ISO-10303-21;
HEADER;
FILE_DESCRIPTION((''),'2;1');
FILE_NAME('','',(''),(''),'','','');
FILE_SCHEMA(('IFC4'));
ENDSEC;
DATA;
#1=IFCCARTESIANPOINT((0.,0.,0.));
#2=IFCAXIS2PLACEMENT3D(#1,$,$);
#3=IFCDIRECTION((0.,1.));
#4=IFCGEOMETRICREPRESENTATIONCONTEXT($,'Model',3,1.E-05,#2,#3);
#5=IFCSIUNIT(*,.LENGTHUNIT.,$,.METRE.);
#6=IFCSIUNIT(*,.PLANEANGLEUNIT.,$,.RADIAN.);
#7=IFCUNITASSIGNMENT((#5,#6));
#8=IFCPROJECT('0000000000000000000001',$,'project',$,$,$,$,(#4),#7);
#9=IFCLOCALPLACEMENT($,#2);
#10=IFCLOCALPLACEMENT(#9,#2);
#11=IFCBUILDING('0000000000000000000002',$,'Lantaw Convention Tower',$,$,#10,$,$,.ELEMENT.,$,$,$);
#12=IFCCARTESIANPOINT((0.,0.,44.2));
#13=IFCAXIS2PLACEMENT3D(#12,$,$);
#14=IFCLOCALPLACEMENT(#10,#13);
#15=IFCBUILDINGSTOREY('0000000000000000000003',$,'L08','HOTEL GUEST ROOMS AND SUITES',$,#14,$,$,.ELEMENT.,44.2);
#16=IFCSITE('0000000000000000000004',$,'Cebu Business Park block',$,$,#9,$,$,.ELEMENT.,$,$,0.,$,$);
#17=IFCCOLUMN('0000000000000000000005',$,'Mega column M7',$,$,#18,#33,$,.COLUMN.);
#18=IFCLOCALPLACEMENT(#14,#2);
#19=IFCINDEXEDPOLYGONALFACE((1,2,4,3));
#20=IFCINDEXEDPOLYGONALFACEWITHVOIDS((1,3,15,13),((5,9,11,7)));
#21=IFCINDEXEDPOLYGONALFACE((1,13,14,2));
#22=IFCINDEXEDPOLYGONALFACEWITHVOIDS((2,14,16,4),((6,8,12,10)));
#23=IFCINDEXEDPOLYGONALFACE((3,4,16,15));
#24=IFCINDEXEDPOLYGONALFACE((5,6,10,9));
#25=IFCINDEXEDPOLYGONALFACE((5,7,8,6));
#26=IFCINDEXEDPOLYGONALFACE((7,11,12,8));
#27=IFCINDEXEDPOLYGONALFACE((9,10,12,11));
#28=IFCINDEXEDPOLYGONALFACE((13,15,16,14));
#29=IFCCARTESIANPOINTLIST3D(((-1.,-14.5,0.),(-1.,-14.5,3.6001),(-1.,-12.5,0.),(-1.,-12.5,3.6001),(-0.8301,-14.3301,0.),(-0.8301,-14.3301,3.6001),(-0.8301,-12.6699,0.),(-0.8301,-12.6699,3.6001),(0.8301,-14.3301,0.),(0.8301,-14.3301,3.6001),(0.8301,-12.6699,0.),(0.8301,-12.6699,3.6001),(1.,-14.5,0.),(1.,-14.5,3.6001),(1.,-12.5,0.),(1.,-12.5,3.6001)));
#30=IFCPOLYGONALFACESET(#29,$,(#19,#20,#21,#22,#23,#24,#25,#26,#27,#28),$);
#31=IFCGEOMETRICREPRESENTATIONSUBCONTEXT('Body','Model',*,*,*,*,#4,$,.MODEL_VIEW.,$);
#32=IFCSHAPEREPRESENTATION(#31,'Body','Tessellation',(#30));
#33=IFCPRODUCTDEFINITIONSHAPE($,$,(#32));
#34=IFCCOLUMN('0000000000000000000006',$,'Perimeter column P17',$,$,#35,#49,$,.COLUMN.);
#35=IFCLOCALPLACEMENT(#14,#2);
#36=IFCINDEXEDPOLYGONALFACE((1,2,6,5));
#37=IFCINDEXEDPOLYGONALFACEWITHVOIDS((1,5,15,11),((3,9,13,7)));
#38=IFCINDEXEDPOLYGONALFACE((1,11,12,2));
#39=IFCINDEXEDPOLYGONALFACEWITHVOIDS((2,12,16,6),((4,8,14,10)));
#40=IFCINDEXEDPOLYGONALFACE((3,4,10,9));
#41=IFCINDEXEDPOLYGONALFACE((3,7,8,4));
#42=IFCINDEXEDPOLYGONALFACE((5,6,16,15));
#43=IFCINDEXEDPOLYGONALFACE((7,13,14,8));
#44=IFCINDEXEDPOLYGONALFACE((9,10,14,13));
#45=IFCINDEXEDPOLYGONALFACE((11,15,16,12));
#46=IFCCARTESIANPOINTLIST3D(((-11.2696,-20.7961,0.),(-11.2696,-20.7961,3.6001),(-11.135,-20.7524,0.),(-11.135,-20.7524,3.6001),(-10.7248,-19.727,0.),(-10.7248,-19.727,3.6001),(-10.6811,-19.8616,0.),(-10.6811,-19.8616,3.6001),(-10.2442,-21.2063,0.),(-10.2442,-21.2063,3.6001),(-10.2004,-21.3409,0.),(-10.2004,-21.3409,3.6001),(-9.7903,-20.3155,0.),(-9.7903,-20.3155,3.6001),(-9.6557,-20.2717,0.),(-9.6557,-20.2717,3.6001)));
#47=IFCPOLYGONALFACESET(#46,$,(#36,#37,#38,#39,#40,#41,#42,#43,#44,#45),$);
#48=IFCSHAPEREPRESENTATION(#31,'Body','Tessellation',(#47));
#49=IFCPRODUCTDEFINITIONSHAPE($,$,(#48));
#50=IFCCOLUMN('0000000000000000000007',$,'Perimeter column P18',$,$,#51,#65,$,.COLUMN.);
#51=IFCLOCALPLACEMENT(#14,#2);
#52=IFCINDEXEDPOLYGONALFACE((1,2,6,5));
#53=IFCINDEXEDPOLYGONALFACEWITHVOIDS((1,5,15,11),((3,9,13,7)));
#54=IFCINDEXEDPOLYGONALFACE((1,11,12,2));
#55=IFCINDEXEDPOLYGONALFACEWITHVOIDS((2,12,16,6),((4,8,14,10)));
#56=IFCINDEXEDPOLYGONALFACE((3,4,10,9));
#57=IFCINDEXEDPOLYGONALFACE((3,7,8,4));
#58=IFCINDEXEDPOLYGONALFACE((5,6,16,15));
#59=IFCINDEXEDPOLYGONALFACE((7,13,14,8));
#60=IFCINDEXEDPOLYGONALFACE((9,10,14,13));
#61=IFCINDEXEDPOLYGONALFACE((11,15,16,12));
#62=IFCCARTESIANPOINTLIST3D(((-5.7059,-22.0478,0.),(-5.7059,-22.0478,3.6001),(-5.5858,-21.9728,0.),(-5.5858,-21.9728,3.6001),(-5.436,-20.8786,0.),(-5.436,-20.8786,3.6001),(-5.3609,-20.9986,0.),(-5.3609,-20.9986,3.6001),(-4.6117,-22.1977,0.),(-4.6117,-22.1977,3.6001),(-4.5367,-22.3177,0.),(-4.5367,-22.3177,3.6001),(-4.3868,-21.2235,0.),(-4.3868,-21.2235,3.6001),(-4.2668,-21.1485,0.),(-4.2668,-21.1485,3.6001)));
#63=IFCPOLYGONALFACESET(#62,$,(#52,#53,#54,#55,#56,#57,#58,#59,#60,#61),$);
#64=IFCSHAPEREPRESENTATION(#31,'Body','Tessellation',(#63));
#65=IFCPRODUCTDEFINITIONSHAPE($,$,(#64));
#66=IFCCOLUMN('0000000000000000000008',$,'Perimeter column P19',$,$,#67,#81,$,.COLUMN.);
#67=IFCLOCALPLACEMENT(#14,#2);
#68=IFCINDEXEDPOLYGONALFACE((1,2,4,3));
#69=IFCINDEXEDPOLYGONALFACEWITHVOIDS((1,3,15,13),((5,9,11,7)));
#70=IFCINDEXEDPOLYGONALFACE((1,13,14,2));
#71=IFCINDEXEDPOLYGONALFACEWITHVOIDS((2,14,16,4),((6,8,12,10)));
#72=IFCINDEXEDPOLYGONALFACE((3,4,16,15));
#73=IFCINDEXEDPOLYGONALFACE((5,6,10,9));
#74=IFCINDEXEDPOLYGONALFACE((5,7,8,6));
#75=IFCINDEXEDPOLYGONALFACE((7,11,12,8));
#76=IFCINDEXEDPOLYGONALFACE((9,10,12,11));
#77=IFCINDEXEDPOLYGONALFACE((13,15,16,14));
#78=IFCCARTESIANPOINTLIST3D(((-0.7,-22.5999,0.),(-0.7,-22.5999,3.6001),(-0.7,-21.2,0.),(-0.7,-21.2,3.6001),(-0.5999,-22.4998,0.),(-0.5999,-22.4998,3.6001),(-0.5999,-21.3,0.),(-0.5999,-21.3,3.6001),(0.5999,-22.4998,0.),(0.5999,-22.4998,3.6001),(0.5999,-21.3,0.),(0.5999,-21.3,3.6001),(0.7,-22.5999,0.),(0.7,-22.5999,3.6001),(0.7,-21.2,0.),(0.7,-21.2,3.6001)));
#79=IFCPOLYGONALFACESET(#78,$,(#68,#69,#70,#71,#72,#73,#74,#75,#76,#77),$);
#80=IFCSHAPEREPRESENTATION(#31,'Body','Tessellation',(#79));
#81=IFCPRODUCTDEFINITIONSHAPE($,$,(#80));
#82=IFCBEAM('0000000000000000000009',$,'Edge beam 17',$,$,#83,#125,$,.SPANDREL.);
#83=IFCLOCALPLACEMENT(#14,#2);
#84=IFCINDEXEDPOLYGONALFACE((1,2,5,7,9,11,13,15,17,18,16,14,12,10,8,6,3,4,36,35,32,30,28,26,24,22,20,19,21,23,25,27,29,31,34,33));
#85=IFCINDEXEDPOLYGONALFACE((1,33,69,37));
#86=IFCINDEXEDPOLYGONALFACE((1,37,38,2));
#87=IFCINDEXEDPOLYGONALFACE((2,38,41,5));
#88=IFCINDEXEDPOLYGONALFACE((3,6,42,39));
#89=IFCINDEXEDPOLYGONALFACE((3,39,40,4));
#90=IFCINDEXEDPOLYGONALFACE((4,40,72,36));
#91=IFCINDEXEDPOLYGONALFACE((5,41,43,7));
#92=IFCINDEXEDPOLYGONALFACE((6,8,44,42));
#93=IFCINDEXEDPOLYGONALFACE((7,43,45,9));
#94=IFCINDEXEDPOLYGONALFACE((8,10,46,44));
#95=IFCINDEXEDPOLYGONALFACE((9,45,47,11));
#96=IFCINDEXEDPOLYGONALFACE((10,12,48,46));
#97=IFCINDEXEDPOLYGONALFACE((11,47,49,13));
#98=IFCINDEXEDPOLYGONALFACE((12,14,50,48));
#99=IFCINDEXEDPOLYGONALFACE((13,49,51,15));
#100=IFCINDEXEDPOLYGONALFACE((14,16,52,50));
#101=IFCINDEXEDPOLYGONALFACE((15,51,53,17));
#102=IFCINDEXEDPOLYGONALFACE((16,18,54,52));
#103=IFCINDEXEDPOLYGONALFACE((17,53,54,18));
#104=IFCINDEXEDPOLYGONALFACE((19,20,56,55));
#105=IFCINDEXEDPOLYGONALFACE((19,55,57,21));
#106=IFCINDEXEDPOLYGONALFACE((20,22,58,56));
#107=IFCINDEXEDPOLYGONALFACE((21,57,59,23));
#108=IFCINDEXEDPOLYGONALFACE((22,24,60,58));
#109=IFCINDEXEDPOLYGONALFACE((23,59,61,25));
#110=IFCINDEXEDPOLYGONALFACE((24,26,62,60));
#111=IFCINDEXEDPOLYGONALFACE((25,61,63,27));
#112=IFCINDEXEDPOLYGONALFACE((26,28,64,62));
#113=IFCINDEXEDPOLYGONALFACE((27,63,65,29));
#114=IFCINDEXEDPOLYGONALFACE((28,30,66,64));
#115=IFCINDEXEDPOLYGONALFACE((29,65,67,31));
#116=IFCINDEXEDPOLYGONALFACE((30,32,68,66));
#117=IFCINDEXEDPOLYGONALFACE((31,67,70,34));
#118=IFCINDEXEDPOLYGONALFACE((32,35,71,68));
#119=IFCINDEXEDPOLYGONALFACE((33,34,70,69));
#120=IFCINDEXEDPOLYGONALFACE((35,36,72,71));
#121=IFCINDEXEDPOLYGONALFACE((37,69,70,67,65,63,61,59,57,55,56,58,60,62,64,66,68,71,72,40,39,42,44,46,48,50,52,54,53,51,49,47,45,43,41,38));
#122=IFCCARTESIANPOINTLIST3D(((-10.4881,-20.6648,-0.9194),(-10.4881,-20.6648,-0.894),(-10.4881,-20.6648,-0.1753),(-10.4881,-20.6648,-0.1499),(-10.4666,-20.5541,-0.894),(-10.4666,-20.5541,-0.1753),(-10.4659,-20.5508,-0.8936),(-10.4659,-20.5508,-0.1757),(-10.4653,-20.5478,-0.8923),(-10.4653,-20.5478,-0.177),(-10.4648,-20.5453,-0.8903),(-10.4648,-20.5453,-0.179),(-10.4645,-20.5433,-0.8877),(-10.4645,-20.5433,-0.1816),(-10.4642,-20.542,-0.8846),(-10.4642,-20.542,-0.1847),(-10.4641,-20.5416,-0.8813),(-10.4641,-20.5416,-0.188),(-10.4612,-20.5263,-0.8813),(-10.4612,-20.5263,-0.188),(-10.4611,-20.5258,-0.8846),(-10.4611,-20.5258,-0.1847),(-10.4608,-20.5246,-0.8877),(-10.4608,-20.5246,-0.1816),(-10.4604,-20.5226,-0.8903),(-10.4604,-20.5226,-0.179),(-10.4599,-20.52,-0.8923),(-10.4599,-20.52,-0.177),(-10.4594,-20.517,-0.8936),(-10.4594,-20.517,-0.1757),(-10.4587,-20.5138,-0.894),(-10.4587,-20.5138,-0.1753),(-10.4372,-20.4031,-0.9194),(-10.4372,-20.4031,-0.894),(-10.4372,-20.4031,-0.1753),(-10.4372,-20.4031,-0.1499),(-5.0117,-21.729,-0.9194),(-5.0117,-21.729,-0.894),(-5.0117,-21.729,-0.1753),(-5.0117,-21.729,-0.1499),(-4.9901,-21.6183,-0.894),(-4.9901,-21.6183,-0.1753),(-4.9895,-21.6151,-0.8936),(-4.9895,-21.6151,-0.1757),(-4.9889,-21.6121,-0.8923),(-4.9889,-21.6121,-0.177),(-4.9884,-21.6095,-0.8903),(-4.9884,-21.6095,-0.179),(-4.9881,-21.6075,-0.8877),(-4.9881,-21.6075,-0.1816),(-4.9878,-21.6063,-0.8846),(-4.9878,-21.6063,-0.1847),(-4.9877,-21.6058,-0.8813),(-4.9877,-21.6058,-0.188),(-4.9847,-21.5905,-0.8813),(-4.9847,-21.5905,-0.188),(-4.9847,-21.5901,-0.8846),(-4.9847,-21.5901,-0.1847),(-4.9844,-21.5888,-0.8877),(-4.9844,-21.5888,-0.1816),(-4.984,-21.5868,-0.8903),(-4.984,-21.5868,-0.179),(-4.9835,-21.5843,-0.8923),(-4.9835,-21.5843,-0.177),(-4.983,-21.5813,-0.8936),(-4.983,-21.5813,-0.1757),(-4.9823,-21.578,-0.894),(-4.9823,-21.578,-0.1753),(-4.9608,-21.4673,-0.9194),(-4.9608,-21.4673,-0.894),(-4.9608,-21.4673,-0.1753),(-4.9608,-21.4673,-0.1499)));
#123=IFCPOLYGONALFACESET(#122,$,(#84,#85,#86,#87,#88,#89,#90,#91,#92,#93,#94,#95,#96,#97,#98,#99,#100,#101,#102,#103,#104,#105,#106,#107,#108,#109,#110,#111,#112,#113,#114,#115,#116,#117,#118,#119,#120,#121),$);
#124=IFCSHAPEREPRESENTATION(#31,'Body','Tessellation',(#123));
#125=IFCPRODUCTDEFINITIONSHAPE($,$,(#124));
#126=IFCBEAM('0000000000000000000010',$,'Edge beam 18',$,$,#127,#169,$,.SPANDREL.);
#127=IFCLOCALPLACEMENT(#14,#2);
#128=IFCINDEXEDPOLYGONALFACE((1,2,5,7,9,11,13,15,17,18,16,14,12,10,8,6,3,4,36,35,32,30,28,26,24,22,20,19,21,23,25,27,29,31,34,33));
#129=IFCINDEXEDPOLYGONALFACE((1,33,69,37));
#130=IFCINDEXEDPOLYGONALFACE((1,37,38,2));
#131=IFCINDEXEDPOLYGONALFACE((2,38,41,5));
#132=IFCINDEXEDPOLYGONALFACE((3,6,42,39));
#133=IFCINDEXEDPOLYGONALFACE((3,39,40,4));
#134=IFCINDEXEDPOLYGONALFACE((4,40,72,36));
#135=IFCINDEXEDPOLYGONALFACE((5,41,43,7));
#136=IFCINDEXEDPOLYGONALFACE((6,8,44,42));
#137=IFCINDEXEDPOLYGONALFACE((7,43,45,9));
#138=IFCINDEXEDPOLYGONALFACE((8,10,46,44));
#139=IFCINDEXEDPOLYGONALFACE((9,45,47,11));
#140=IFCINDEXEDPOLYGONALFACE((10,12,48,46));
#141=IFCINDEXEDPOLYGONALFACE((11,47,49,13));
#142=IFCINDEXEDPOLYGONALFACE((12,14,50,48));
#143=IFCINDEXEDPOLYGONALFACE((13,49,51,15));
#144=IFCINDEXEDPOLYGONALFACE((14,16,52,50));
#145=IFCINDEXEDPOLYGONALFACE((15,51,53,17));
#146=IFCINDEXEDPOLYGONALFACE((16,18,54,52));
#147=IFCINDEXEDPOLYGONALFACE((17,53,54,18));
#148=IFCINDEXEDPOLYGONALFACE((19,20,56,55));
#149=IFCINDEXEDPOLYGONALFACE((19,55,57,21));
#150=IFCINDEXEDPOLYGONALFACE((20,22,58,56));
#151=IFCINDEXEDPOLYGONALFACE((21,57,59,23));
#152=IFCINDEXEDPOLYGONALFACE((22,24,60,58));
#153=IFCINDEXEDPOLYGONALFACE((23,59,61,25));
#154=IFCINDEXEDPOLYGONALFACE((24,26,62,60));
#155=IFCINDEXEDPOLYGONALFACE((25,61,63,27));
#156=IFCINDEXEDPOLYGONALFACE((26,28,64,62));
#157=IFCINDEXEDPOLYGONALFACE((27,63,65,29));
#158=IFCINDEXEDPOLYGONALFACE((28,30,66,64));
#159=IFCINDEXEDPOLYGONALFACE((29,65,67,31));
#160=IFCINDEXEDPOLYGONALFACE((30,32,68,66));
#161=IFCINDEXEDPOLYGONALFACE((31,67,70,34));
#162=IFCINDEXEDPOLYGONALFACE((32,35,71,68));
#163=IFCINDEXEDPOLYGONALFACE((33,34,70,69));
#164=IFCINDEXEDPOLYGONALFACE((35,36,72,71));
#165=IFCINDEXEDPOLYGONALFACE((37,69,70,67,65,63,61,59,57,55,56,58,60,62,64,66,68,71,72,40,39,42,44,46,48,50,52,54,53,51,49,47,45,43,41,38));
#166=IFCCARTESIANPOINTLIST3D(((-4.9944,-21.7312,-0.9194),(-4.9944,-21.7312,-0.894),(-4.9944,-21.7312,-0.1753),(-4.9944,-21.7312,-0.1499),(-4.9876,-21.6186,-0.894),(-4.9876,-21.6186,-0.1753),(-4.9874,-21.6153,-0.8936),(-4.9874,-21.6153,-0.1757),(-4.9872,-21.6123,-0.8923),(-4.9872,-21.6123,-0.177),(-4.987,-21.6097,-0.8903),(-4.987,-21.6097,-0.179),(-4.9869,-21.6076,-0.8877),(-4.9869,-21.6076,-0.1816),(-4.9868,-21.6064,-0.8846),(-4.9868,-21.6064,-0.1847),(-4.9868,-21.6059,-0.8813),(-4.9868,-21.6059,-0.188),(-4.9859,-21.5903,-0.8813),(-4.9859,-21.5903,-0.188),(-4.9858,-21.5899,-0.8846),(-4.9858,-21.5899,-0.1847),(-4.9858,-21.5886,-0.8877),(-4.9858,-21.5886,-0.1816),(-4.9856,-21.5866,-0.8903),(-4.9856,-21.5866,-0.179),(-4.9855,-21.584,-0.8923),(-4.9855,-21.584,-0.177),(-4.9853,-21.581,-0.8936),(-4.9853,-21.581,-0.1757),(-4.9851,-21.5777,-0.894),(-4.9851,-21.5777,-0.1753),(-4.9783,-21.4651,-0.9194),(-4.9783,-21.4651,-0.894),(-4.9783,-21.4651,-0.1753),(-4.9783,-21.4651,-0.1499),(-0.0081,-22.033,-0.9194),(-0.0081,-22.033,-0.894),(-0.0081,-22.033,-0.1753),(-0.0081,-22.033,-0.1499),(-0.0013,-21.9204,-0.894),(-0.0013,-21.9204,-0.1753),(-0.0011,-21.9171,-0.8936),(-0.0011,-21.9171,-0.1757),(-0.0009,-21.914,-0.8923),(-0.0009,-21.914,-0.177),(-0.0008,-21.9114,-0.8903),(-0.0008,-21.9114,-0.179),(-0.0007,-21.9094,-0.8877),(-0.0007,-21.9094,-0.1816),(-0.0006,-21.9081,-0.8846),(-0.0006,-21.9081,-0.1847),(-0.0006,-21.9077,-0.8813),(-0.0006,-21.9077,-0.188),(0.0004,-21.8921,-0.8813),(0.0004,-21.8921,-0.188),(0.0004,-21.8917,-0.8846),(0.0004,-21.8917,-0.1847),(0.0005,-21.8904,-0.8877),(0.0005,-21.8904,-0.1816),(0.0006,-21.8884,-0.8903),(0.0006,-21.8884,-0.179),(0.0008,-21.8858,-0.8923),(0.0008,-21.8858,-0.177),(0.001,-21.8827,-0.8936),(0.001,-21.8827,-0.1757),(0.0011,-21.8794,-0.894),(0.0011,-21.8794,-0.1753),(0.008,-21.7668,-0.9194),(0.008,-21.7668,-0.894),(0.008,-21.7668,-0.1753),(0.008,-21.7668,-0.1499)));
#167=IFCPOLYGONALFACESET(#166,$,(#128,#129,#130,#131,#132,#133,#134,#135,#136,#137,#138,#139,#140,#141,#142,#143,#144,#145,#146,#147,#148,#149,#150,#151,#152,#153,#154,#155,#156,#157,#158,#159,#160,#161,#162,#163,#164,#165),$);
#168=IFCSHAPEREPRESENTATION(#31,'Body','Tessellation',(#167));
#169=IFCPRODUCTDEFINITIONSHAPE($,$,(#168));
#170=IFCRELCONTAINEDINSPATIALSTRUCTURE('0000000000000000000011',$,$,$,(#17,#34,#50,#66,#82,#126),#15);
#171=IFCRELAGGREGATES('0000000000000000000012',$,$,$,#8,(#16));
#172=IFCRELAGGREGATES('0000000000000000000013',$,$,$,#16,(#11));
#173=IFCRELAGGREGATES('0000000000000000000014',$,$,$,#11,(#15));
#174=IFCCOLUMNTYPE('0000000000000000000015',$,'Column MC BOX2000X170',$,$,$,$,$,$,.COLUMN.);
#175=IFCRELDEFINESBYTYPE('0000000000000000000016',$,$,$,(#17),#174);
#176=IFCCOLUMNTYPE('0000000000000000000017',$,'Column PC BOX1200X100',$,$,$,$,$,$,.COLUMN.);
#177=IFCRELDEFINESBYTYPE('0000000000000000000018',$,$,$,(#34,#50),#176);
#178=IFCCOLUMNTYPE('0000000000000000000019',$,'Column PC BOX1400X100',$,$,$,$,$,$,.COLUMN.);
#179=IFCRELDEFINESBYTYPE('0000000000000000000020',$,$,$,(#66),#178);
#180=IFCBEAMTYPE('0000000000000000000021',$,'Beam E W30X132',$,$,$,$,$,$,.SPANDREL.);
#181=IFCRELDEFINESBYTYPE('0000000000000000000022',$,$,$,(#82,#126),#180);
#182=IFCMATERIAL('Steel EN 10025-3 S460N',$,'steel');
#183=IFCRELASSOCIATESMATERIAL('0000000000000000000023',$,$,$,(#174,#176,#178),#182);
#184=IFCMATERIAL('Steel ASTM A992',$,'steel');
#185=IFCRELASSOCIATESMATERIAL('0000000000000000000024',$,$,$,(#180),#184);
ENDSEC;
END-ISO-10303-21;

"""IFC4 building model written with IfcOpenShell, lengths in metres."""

from ifc_helpers import new_model, si_unit, direction, frame, origin, origin_2d, place, context, subcontext, project, spatial, rectangle, hollow_rectangle, i_section, extrude, material, material_profile, profile_set, type_object, element, save


model = new_model("IFC4")

# Units and contexts
model_context = context("Model", 3, precision=1e-05, world=origin(), true_north=direction((0.0, 1.0)))
body_context = subcontext(model_context, "Body", "Model", "MODEL_VIEW")
ifc_project = project(units=[si_unit("LENGTHUNIT", "METRE"), si_unit("PLANEANGLEUNIT", "RADIAN")], contexts=[model_context])

# Site, building, storey
site_placement = place(None, origin())
site = spatial("IfcSite", under=ifc_project, at=site_placement, Name="Cebu Business Park block", CompositionType="ELEMENT", RefElevation=0.0)
building_placement = place(site_placement, origin())
building = spatial("IfcBuilding", under=site, at=building_placement, Name="Lantaw Convention Tower", CompositionType="ELEMENT")
storey_placement = place(building_placement, frame((0.0, 0.0, 44.2)))
storey = spatial("IfcBuildingStorey", under=building, at=storey_placement, Name="L08", Description="HOTEL GUEST ROOMS AND SUITES", CompositionType="ELEMENT", Elevation=44.2)

# Columns
ifc_material_1 = material(Name="Steel EN 10025-3 S460N", Category="steel")
ifc_material_profile_1 = material_profile(ifc_material_1, hollow_rectangle(XDim=2.0, YDim=2.0, WallThickness=0.1699, at=origin_2d()), Name="BOX2000X170")
ifc_material_2 = material(Name="Concrete C60/75", Category="concrete")
ifc_material_profile_2 = material_profile(ifc_material_2, rectangle(XDim=1.6599, YDim=1.6599, at=origin_2d()), Name="Concrete fill of BOX2000X170")
ifc_profile_set_1 = profile_set([ifc_material_profile_1, ifc_material_profile_2], Name="Steel EN 10025-3 S460N")
column_type_1 = type_object("IfcColumnType", Name="Column MC BOX2000X170", PredefinedType="COLUMN", material=ifc_profile_set_1)
column_1_placement = place(storey_placement, frame((0.0, -13.5, 0.0), z_axis=(0.0, 0.0, 1.0), x_axis=(1.0, 0.0, 0.0)))
element("IfcColumn", 1, at=column_1_placement, inside=storey, type_object=column_type_1, Name="Mega column M7", PredefinedType="COLUMN", context=body_context, shape_type="SweptSolid", body=[
    extrude(hollow_rectangle(XDim=2.0, YDim=2.0, WallThickness=0.1699, at=origin_2d()), origin(), (0.0, 0.0, 1.0), 3.6001),
])
ifc_material_profile_3 = material_profile(ifc_material_1, hollow_rectangle(XDim=1.2, YDim=1.2, WallThickness=0.1001, at=origin_2d()), Name="BOX1200X100")
ifc_material_profile_4 = material_profile(ifc_material_2, rectangle(XDim=1.0, YDim=1.0, at=origin_2d()), Name="Concrete fill of BOX1200X100")
ifc_profile_set_2 = profile_set([ifc_material_profile_3, ifc_material_profile_4], Name="Steel EN 10025-3 S460N")
column_type_2 = type_object("IfcColumnType", Name="Column PC BOX1200X100", PredefinedType="COLUMN", material=ifc_profile_set_2)
for number, where, z_axis, x_axis, name in (
    (2, (-10.4626, -20.5339, 0.0), (0.0, 0.0, 1.0), (0.45399, 0.891007, 0.0), "Perimeter column P17"),
    (3, (-4.9863, -21.5981, 0.0), (0.0, 0.0, 1.0), (0.224951, 0.97437, 0.0), "Perimeter column P18"),
):
    element("IfcColumn", number, at=place(storey_placement, frame(where, z_axis=z_axis, x_axis=x_axis)), inside=storey, type_object=column_type_2, Name=name, PredefinedType="COLUMN", context=body_context, shape_type="SweptSolid", body=[
        extrude(hollow_rectangle(XDim=1.2, YDim=1.2, WallThickness=0.1001, at=origin_2d()), origin(), (0.0, 0.0, 1.0), 3.6001),
    ])
ifc_material_profile_5 = material_profile(ifc_material_1, hollow_rectangle(XDim=1.3999, YDim=1.3999, WallThickness=0.1001, at=origin_2d()), Name="BOX1400X100")
ifc_material_profile_6 = material_profile(ifc_material_2, rectangle(XDim=1.2, YDim=1.2, at=origin_2d()), Name="Concrete fill of BOX1400X100")
ifc_profile_set_3 = profile_set([ifc_material_profile_5, ifc_material_profile_6], Name="Steel EN 10025-3 S460N")
column_type_3 = type_object("IfcColumnType", Name="Column PC BOX1400X100", PredefinedType="COLUMN", material=ifc_profile_set_3)
column_2_placement = place(storey_placement, frame((0.0, -21.8999, 0.0), z_axis=(0.0, 0.0, 1.0), x_axis=(1.0, 0.0, 0.0)))
element("IfcColumn", 4, at=column_2_placement, inside=storey, type_object=column_type_3, Name="Perimeter column P19", PredefinedType="COLUMN", context=body_context, shape_type="SweptSolid", body=[
    extrude(hollow_rectangle(XDim=1.3999, YDim=1.3999, WallThickness=0.1001, at=origin_2d()), origin(), (0.0, 0.0, 1.0), 3.6001),
])

# Beams
ifc_material_3 = material(Name="Steel ASTM A992", Category="steel")
ifc_material_profile_7 = material_profile(ifc_material_3, i_section(OverallWidth=0.2666, OverallDepth=0.7695, WebThickness=0.0156, FlangeThickness=0.0254, FilletRadius=0.0127, at=origin_2d()), Name="W30X132")
ifc_profile_set_4 = profile_set([ifc_material_profile_7], Name="Steel ASTM A992")
beam_type_1 = type_object("IfcBeamType", Name="Beam E W30X132", PredefinedType="SPANDREL", material=ifc_profile_set_4)
beam_1_placement = place(storey_placement, frame((-10.4626, -20.5339, -0.5347), z_axis=(0.981637, -0.190761, 0.0), x_axis=(0.190761, 0.981637, 0.0)))
element("IfcBeam", 5, at=beam_1_placement, inside=storey, type_object=beam_type_1, Name="Edge beam 17", PredefinedType="SPANDREL", context=body_context, shape_type="SweptSolid", body=[
    extrude(i_section(OverallWidth=0.2666, OverallDepth=0.7695, WebThickness=0.0156, FlangeThickness=0.0254, FilletRadius=0.0127, at=origin_2d()), origin(), (0.0, 0.0, 1.0), 5.5789),
])
for number, where, z_axis, x_axis, name in (
    (6, (-4.9863, -21.5981, -0.5347), (0.998174, -0.060407, 0.0), (0.060407, 0.998174, 0.0), "Edge beam 18"),
):
    element("IfcBeam", number, at=place(storey_placement, frame(where, z_axis=z_axis, x_axis=x_axis)), inside=storey, type_object=beam_type_1, Name=name, PredefinedType="SPANDREL", context=body_context, shape_type="SweptSolid", body=[
        extrude(i_section(OverallWidth=0.2666, OverallDepth=0.7695, WebThickness=0.0156, FlangeThickness=0.0254, FilletRadius=0.0127, at=origin_2d()), origin(), (0.0, 0.0, 1.0), 4.9954),
    ])

save(model, "model.ifc")
